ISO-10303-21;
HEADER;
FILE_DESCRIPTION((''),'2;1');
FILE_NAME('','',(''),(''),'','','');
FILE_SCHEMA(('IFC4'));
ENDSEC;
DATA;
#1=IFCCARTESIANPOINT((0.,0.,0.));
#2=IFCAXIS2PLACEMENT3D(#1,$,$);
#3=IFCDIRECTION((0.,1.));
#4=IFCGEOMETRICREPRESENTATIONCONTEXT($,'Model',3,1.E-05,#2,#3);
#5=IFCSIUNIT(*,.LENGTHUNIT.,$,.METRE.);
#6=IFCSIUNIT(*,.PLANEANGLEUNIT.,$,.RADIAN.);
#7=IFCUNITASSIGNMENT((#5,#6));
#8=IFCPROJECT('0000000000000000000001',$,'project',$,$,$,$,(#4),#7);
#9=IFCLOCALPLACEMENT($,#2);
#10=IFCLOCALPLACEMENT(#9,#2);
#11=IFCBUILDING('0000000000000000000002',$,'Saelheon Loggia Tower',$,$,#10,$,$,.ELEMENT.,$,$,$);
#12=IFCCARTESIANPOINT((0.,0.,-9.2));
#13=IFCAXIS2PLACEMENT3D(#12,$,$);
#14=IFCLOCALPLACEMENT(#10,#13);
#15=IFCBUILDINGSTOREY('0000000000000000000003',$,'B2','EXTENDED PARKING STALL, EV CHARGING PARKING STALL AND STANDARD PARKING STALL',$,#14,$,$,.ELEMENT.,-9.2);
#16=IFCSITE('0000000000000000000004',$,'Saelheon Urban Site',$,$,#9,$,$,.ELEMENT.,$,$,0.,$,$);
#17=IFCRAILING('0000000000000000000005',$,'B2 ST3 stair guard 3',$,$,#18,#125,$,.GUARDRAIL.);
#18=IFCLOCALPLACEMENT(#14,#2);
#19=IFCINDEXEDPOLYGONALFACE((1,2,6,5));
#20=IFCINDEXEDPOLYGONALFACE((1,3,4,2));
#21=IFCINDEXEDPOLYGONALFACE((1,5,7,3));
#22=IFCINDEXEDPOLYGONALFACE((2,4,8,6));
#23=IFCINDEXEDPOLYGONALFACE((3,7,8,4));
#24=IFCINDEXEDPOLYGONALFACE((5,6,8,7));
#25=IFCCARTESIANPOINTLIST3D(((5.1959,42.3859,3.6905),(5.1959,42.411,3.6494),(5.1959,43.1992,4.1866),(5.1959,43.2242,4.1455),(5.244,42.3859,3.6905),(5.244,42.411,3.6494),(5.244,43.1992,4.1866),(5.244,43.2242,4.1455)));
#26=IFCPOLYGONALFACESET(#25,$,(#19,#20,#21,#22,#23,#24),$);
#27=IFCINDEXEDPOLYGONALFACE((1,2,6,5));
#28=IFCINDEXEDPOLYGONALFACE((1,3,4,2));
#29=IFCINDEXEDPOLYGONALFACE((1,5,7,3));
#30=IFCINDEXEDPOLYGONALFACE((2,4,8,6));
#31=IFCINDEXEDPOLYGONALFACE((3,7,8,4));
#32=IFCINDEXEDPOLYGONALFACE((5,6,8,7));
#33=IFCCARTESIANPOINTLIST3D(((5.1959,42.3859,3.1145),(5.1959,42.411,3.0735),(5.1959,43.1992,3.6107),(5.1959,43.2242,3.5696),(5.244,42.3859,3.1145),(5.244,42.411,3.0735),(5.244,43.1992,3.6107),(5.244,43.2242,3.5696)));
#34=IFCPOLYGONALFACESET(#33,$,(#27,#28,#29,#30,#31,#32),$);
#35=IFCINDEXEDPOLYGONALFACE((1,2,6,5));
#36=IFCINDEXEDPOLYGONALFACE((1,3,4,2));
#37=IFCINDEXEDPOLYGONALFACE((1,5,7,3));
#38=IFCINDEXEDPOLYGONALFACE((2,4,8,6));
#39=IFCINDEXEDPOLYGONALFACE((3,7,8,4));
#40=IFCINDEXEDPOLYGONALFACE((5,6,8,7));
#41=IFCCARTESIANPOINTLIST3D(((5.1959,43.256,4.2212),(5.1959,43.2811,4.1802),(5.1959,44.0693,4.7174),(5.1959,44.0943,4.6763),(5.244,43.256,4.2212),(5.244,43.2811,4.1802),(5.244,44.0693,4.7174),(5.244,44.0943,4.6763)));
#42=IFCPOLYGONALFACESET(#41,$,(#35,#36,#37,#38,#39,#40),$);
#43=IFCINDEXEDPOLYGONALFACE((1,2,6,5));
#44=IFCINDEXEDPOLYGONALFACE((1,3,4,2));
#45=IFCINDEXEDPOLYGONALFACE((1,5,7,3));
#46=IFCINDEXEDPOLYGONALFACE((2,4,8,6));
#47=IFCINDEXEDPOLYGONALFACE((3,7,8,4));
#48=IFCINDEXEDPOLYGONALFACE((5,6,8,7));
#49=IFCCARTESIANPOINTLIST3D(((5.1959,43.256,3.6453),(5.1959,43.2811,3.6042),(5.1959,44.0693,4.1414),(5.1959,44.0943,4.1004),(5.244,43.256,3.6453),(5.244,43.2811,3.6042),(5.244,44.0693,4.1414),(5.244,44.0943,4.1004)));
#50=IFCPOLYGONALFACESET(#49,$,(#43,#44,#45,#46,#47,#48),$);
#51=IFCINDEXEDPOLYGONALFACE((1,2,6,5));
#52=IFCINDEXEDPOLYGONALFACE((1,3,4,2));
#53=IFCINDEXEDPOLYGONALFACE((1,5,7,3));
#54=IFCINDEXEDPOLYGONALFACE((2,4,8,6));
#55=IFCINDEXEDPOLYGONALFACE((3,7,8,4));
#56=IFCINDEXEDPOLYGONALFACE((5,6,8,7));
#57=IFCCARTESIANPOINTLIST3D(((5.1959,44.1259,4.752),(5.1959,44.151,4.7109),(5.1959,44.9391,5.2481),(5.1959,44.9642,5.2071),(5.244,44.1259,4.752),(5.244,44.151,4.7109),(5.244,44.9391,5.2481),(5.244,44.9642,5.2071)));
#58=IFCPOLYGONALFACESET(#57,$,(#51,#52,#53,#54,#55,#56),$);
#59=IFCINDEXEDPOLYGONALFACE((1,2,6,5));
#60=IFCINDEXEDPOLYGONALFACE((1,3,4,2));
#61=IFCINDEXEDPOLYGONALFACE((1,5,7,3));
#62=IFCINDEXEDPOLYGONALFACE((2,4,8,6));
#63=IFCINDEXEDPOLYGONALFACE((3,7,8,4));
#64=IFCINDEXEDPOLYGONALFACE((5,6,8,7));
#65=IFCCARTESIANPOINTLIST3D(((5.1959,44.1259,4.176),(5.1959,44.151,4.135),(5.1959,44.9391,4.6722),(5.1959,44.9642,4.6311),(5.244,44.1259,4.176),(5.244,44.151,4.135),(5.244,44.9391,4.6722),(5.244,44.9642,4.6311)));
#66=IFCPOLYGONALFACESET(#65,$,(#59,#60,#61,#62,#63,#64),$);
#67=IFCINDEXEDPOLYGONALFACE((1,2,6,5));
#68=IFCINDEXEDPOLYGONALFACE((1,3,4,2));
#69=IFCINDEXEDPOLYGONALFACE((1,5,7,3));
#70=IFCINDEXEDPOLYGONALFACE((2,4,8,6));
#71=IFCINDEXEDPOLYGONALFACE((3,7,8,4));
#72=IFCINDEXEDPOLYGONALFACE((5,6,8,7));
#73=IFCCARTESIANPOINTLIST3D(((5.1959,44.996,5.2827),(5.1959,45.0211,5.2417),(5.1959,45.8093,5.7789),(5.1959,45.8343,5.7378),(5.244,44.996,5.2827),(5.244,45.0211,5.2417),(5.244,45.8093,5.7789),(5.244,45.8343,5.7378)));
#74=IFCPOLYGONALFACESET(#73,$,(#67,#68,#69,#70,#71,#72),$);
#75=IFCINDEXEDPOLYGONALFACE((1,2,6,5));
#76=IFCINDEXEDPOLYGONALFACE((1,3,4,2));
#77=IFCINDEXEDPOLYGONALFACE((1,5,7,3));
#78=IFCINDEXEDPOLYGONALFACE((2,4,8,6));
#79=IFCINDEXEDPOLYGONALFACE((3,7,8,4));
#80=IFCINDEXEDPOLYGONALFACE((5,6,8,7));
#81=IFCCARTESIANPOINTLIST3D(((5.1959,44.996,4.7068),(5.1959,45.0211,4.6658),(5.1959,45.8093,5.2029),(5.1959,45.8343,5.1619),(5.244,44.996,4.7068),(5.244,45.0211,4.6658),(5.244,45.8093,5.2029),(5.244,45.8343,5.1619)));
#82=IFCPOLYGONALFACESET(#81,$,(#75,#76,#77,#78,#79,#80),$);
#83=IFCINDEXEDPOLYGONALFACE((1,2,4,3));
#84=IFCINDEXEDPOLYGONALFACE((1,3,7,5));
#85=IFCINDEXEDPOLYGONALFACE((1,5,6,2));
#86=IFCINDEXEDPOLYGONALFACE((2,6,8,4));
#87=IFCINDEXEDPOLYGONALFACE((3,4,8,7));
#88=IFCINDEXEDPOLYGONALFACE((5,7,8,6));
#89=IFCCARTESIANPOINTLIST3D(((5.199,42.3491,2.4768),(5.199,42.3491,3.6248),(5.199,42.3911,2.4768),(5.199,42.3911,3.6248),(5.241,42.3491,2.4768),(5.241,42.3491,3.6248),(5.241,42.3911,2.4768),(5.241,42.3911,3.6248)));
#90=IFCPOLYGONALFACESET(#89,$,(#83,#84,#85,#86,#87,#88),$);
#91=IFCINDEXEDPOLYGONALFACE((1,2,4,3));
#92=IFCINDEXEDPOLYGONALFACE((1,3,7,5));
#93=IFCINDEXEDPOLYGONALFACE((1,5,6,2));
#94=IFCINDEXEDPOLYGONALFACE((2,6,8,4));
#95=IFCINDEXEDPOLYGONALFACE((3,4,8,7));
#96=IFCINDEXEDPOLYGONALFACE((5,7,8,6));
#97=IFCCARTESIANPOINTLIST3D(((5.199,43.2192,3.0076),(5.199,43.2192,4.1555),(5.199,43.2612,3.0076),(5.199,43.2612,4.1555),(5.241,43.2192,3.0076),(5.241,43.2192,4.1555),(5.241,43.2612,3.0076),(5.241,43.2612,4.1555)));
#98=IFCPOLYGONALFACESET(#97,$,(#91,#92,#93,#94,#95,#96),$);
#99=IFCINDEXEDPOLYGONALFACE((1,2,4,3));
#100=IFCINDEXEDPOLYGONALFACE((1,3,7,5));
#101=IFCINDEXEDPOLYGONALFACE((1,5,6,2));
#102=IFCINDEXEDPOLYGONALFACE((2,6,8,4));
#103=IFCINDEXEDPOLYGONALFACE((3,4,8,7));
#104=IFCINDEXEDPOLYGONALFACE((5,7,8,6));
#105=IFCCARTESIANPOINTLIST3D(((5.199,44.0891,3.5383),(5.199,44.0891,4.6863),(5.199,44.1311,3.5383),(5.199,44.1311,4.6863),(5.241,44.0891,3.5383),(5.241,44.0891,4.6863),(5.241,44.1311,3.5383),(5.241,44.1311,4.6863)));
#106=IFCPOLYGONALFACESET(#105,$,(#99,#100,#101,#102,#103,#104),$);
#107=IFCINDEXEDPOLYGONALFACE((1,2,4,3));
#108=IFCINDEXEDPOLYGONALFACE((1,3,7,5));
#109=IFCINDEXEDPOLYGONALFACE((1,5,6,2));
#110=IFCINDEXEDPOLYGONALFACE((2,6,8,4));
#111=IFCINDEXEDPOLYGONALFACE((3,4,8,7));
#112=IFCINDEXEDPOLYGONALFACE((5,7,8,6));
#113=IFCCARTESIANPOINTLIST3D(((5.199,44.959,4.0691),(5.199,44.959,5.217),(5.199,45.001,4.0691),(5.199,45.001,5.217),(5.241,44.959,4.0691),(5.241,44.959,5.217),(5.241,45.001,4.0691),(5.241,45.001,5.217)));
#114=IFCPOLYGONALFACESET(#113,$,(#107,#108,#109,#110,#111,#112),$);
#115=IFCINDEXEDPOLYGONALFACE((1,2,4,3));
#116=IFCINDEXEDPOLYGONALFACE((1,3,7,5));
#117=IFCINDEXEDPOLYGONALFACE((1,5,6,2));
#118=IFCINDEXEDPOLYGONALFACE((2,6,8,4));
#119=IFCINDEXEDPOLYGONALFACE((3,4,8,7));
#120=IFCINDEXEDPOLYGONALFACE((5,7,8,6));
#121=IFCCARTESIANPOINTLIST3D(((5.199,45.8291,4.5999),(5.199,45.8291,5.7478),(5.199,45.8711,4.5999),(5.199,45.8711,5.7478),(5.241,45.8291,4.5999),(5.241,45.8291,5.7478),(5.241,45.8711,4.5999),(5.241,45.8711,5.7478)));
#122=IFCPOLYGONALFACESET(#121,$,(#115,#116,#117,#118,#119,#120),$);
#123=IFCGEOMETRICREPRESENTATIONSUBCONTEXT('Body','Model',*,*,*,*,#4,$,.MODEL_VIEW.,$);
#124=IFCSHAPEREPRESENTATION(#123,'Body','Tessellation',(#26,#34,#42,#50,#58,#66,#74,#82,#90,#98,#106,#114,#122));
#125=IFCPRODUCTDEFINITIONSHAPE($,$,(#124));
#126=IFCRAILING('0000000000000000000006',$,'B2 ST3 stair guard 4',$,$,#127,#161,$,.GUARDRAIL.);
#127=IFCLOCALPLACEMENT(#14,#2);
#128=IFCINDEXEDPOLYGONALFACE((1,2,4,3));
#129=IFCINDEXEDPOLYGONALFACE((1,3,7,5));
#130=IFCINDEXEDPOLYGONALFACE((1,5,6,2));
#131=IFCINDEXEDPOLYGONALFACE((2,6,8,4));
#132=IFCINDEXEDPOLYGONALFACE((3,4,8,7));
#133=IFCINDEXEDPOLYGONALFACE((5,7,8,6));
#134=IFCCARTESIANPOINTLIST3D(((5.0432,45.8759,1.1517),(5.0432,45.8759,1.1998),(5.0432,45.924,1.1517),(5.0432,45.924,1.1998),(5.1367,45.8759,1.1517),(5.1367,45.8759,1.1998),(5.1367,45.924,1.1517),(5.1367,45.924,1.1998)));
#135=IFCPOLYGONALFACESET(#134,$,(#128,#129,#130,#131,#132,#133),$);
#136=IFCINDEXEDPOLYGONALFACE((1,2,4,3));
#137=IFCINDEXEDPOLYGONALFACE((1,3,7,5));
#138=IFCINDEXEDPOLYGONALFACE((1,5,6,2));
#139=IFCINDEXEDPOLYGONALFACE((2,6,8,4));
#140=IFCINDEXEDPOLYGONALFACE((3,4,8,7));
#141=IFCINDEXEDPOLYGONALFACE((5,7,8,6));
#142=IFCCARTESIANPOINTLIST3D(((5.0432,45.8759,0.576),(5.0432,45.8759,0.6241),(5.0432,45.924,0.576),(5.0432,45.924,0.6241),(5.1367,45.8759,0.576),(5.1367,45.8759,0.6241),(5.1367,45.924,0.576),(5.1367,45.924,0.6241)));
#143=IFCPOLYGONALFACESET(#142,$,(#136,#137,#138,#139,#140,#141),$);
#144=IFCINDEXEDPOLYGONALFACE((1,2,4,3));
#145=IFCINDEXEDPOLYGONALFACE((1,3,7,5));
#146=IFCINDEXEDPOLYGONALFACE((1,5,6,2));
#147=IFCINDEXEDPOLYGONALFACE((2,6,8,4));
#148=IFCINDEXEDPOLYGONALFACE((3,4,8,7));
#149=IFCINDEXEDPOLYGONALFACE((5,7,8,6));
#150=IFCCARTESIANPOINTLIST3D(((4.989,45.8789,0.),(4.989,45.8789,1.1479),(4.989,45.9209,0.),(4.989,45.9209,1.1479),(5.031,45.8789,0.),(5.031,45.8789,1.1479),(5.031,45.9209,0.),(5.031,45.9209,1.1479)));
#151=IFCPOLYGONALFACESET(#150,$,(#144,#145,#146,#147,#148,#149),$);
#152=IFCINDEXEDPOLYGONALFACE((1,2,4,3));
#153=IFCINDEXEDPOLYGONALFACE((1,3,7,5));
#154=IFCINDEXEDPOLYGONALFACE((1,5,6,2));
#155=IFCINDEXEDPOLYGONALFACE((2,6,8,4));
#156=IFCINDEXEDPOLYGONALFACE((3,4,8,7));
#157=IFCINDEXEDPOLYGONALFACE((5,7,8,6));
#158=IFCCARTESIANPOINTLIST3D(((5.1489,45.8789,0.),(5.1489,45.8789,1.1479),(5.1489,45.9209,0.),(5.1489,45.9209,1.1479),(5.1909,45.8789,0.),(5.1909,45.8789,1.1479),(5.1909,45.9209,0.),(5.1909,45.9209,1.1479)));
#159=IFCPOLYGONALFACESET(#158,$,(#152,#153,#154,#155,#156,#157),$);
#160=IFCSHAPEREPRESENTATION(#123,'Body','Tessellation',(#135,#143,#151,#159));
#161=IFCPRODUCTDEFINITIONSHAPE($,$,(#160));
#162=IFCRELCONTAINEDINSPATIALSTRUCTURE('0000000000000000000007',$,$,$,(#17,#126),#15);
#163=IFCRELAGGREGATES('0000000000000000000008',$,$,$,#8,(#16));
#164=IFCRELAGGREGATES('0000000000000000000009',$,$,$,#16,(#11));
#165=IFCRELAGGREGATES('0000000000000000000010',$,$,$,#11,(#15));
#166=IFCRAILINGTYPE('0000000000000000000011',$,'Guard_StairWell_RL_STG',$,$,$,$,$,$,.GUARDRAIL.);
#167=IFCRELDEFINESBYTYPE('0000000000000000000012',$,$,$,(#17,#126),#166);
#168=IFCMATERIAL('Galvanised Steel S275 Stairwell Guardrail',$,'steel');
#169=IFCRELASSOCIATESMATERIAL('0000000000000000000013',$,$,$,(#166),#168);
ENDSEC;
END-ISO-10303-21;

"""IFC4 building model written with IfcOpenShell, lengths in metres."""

from ifc_helpers import new_model, si_unit, direction, frame, origin, origin_2d, place, context, subcontext, project, spatial, rectangle, extrude, material, type_object, element, save


model = new_model("IFC4")

# Units and contexts
model_context = context("Model", 3, precision=1e-05, world=origin(), true_north=direction((0.0, 1.0)))
body_context = subcontext(model_context, "Body", "Model", "MODEL_VIEW")
ifc_project = project(units=[si_unit("LENGTHUNIT", "METRE"), si_unit("PLANEANGLEUNIT", "RADIAN")], contexts=[model_context])

# Site, building, storey
site_placement = place(None, origin())
site = spatial("IfcSite", under=ifc_project, at=site_placement, Name="Saelheon Urban Site", CompositionType="ELEMENT", RefElevation=0.0)
building_placement = place(site_placement, origin())
building = spatial("IfcBuilding", under=site, at=building_placement, Name="Saelheon Loggia Tower", CompositionType="ELEMENT")
storey_placement = place(building_placement, frame((0.0, 0.0, -9.2)))
storey = spatial("IfcBuildingStorey", under=building, at=storey_placement, Name="B2", Description="EXTENDED PARKING STALL, EV CHARGING PARKING STALL AND STANDARD PARKING STALL", CompositionType="ELEMENT", Elevation=-9.2)

# Railings
ifc_material_1 = material(Name="Galvanised Steel S275 Stairwell Guardrail", Category="steel")
railing_type_1 = type_object("IfcRailingType", Name="Guard_StairWell_RL_STG", PredefinedType="GUARDRAIL", material=ifc_material_1)
railing_1_placement = place(storey_placement, frame((5.22, 42.3701, 2.4768)))
element("IfcRailing", 1, at=railing_1_placement, inside=storey, type_object=railing_type_1, Name="B2 ST3 stair guard 3", PredefinedType="GUARDRAIL", context=body_context, shape_type="SweptSolid", body=[
    extrude(rectangle(XDim=0.0481, YDim=0.0481, at=origin_2d()), frame((0.0, 0.0283, 1.1931), z_axis=(0.0, 0.853675, 0.520805), x_axis=(-1.0, 0.0, 0.0)), (0.0, 0.0, 1.0), 0.9526),
    extrude(rectangle(XDim=0.0481, YDim=0.0481, at=origin_2d()), frame((0.0, 0.0283, 0.6172), z_axis=(0.0, 0.853675, 0.520805), x_axis=(-1.0, 0.0, 0.0)), (0.0, 0.0, 1.0), 0.9526),
    extrude(rectangle(XDim=0.0481, YDim=0.0481, at=origin_2d()), frame((0.0, 0.8984, 1.7239), z_axis=(0.0, 0.853675, 0.520805), x_axis=(-1.0, 0.0, 0.0)), (0.0, 0.0, 1.0), 0.9526),
    extrude(rectangle(XDim=0.0481, YDim=0.0481, at=origin_2d()), frame((0.0, 0.8984, 1.1479), z_axis=(0.0, 0.853675, 0.520805), x_axis=(-1.0, 0.0, 0.0)), (0.0, 0.0, 1.0), 0.9526),
    extrude(rectangle(XDim=0.0481, YDim=0.0481, at=origin_2d()), frame((0.0, 1.7683, 2.2546), z_axis=(0.0, 0.853675, 0.520805), x_axis=(-1.0, 0.0, 0.0)), (0.0, 0.0, 1.0), 0.9526),
    extrude(rectangle(XDim=0.0481, YDim=0.0481, at=origin_2d()), frame((0.0, 1.7683, 1.6787), z_axis=(0.0, 0.853675, 0.520805), x_axis=(-1.0, 0.0, 0.0)), (0.0, 0.0, 1.0), 0.9526),
    extrude(rectangle(XDim=0.0481, YDim=0.0481, at=origin_2d()), frame((0.0, 2.6384, 2.7854), z_axis=(0.0, 0.853675, 0.520805), x_axis=(-1.0, 0.0, 0.0)), (0.0, 0.0, 1.0), 0.9526),
    extrude(rectangle(XDim=0.0481, YDim=0.0481, at=origin_2d()), frame((0.0, 2.6384, 2.2095), z_axis=(0.0, 0.853675, 0.520805), x_axis=(-1.0, 0.0, 0.0)), (0.0, 0.0, 1.0), 0.9526),
    extrude(rectangle(XDim=0.042, YDim=0.042, at=origin_2d()), origin(), (0.0, 0.0, 1.0), 1.1479),
    extrude(rectangle(XDim=0.042, YDim=0.042, at=origin_2d()), frame((0.0, 0.8701, 0.5308)), (0.0, 0.0, 1.0), 1.1479),
    extrude(rectangle(XDim=0.042, YDim=0.042, at=origin_2d()), frame((0.0, 1.74, 1.0615)), (0.0, 0.0, 1.0), 1.1479),
    extrude(rectangle(XDim=0.042, YDim=0.042, at=origin_2d()), frame((0.0, 2.6099, 1.5923)), (0.0, 0.0, 1.0), 1.1479),
    extrude(rectangle(XDim=0.042, YDim=0.042, at=origin_2d()), frame((0.0, 3.48, 2.123)), (0.0, 0.0, 1.0), 1.1479),
])
railing_2_placement = place(storey_placement, frame((5.01, 45.8999, 0.0)))
element("IfcRailing", 2, at=railing_2_placement, inside=storey, type_object=railing_type_1, Name="B2 ST3 stair guard 4", PredefinedType="GUARDRAIL", context=body_context, shape_type="SweptSolid", body=[
    extrude(rectangle(XDim=0.0481, YDim=0.0481, at=origin_2d()), frame((0.0332, 0.0, 1.1758), z_axis=(1.0, 0.0, 0.0), x_axis=(0.0, 1.0, 0.0)), (0.0, 0.0, 1.0), 0.0935),
    extrude(rectangle(XDim=0.0481, YDim=0.0481, at=origin_2d()), frame((0.0332, 0.0, 0.6001), z_axis=(1.0, 0.0, 0.0), x_axis=(0.0, 1.0, 0.0)), (0.0, 0.0, 1.0), 0.0935),
    extrude(rectangle(XDim=0.042, YDim=0.042, at=origin_2d()), origin(), (0.0, 0.0, 1.0), 1.1479),
    extrude(rectangle(XDim=0.042, YDim=0.042, at=origin_2d()), frame((0.1599, 0.0, 0.0)), (0.0, 0.0, 1.0), 1.1479),
])

save(model, "model.ifc")
